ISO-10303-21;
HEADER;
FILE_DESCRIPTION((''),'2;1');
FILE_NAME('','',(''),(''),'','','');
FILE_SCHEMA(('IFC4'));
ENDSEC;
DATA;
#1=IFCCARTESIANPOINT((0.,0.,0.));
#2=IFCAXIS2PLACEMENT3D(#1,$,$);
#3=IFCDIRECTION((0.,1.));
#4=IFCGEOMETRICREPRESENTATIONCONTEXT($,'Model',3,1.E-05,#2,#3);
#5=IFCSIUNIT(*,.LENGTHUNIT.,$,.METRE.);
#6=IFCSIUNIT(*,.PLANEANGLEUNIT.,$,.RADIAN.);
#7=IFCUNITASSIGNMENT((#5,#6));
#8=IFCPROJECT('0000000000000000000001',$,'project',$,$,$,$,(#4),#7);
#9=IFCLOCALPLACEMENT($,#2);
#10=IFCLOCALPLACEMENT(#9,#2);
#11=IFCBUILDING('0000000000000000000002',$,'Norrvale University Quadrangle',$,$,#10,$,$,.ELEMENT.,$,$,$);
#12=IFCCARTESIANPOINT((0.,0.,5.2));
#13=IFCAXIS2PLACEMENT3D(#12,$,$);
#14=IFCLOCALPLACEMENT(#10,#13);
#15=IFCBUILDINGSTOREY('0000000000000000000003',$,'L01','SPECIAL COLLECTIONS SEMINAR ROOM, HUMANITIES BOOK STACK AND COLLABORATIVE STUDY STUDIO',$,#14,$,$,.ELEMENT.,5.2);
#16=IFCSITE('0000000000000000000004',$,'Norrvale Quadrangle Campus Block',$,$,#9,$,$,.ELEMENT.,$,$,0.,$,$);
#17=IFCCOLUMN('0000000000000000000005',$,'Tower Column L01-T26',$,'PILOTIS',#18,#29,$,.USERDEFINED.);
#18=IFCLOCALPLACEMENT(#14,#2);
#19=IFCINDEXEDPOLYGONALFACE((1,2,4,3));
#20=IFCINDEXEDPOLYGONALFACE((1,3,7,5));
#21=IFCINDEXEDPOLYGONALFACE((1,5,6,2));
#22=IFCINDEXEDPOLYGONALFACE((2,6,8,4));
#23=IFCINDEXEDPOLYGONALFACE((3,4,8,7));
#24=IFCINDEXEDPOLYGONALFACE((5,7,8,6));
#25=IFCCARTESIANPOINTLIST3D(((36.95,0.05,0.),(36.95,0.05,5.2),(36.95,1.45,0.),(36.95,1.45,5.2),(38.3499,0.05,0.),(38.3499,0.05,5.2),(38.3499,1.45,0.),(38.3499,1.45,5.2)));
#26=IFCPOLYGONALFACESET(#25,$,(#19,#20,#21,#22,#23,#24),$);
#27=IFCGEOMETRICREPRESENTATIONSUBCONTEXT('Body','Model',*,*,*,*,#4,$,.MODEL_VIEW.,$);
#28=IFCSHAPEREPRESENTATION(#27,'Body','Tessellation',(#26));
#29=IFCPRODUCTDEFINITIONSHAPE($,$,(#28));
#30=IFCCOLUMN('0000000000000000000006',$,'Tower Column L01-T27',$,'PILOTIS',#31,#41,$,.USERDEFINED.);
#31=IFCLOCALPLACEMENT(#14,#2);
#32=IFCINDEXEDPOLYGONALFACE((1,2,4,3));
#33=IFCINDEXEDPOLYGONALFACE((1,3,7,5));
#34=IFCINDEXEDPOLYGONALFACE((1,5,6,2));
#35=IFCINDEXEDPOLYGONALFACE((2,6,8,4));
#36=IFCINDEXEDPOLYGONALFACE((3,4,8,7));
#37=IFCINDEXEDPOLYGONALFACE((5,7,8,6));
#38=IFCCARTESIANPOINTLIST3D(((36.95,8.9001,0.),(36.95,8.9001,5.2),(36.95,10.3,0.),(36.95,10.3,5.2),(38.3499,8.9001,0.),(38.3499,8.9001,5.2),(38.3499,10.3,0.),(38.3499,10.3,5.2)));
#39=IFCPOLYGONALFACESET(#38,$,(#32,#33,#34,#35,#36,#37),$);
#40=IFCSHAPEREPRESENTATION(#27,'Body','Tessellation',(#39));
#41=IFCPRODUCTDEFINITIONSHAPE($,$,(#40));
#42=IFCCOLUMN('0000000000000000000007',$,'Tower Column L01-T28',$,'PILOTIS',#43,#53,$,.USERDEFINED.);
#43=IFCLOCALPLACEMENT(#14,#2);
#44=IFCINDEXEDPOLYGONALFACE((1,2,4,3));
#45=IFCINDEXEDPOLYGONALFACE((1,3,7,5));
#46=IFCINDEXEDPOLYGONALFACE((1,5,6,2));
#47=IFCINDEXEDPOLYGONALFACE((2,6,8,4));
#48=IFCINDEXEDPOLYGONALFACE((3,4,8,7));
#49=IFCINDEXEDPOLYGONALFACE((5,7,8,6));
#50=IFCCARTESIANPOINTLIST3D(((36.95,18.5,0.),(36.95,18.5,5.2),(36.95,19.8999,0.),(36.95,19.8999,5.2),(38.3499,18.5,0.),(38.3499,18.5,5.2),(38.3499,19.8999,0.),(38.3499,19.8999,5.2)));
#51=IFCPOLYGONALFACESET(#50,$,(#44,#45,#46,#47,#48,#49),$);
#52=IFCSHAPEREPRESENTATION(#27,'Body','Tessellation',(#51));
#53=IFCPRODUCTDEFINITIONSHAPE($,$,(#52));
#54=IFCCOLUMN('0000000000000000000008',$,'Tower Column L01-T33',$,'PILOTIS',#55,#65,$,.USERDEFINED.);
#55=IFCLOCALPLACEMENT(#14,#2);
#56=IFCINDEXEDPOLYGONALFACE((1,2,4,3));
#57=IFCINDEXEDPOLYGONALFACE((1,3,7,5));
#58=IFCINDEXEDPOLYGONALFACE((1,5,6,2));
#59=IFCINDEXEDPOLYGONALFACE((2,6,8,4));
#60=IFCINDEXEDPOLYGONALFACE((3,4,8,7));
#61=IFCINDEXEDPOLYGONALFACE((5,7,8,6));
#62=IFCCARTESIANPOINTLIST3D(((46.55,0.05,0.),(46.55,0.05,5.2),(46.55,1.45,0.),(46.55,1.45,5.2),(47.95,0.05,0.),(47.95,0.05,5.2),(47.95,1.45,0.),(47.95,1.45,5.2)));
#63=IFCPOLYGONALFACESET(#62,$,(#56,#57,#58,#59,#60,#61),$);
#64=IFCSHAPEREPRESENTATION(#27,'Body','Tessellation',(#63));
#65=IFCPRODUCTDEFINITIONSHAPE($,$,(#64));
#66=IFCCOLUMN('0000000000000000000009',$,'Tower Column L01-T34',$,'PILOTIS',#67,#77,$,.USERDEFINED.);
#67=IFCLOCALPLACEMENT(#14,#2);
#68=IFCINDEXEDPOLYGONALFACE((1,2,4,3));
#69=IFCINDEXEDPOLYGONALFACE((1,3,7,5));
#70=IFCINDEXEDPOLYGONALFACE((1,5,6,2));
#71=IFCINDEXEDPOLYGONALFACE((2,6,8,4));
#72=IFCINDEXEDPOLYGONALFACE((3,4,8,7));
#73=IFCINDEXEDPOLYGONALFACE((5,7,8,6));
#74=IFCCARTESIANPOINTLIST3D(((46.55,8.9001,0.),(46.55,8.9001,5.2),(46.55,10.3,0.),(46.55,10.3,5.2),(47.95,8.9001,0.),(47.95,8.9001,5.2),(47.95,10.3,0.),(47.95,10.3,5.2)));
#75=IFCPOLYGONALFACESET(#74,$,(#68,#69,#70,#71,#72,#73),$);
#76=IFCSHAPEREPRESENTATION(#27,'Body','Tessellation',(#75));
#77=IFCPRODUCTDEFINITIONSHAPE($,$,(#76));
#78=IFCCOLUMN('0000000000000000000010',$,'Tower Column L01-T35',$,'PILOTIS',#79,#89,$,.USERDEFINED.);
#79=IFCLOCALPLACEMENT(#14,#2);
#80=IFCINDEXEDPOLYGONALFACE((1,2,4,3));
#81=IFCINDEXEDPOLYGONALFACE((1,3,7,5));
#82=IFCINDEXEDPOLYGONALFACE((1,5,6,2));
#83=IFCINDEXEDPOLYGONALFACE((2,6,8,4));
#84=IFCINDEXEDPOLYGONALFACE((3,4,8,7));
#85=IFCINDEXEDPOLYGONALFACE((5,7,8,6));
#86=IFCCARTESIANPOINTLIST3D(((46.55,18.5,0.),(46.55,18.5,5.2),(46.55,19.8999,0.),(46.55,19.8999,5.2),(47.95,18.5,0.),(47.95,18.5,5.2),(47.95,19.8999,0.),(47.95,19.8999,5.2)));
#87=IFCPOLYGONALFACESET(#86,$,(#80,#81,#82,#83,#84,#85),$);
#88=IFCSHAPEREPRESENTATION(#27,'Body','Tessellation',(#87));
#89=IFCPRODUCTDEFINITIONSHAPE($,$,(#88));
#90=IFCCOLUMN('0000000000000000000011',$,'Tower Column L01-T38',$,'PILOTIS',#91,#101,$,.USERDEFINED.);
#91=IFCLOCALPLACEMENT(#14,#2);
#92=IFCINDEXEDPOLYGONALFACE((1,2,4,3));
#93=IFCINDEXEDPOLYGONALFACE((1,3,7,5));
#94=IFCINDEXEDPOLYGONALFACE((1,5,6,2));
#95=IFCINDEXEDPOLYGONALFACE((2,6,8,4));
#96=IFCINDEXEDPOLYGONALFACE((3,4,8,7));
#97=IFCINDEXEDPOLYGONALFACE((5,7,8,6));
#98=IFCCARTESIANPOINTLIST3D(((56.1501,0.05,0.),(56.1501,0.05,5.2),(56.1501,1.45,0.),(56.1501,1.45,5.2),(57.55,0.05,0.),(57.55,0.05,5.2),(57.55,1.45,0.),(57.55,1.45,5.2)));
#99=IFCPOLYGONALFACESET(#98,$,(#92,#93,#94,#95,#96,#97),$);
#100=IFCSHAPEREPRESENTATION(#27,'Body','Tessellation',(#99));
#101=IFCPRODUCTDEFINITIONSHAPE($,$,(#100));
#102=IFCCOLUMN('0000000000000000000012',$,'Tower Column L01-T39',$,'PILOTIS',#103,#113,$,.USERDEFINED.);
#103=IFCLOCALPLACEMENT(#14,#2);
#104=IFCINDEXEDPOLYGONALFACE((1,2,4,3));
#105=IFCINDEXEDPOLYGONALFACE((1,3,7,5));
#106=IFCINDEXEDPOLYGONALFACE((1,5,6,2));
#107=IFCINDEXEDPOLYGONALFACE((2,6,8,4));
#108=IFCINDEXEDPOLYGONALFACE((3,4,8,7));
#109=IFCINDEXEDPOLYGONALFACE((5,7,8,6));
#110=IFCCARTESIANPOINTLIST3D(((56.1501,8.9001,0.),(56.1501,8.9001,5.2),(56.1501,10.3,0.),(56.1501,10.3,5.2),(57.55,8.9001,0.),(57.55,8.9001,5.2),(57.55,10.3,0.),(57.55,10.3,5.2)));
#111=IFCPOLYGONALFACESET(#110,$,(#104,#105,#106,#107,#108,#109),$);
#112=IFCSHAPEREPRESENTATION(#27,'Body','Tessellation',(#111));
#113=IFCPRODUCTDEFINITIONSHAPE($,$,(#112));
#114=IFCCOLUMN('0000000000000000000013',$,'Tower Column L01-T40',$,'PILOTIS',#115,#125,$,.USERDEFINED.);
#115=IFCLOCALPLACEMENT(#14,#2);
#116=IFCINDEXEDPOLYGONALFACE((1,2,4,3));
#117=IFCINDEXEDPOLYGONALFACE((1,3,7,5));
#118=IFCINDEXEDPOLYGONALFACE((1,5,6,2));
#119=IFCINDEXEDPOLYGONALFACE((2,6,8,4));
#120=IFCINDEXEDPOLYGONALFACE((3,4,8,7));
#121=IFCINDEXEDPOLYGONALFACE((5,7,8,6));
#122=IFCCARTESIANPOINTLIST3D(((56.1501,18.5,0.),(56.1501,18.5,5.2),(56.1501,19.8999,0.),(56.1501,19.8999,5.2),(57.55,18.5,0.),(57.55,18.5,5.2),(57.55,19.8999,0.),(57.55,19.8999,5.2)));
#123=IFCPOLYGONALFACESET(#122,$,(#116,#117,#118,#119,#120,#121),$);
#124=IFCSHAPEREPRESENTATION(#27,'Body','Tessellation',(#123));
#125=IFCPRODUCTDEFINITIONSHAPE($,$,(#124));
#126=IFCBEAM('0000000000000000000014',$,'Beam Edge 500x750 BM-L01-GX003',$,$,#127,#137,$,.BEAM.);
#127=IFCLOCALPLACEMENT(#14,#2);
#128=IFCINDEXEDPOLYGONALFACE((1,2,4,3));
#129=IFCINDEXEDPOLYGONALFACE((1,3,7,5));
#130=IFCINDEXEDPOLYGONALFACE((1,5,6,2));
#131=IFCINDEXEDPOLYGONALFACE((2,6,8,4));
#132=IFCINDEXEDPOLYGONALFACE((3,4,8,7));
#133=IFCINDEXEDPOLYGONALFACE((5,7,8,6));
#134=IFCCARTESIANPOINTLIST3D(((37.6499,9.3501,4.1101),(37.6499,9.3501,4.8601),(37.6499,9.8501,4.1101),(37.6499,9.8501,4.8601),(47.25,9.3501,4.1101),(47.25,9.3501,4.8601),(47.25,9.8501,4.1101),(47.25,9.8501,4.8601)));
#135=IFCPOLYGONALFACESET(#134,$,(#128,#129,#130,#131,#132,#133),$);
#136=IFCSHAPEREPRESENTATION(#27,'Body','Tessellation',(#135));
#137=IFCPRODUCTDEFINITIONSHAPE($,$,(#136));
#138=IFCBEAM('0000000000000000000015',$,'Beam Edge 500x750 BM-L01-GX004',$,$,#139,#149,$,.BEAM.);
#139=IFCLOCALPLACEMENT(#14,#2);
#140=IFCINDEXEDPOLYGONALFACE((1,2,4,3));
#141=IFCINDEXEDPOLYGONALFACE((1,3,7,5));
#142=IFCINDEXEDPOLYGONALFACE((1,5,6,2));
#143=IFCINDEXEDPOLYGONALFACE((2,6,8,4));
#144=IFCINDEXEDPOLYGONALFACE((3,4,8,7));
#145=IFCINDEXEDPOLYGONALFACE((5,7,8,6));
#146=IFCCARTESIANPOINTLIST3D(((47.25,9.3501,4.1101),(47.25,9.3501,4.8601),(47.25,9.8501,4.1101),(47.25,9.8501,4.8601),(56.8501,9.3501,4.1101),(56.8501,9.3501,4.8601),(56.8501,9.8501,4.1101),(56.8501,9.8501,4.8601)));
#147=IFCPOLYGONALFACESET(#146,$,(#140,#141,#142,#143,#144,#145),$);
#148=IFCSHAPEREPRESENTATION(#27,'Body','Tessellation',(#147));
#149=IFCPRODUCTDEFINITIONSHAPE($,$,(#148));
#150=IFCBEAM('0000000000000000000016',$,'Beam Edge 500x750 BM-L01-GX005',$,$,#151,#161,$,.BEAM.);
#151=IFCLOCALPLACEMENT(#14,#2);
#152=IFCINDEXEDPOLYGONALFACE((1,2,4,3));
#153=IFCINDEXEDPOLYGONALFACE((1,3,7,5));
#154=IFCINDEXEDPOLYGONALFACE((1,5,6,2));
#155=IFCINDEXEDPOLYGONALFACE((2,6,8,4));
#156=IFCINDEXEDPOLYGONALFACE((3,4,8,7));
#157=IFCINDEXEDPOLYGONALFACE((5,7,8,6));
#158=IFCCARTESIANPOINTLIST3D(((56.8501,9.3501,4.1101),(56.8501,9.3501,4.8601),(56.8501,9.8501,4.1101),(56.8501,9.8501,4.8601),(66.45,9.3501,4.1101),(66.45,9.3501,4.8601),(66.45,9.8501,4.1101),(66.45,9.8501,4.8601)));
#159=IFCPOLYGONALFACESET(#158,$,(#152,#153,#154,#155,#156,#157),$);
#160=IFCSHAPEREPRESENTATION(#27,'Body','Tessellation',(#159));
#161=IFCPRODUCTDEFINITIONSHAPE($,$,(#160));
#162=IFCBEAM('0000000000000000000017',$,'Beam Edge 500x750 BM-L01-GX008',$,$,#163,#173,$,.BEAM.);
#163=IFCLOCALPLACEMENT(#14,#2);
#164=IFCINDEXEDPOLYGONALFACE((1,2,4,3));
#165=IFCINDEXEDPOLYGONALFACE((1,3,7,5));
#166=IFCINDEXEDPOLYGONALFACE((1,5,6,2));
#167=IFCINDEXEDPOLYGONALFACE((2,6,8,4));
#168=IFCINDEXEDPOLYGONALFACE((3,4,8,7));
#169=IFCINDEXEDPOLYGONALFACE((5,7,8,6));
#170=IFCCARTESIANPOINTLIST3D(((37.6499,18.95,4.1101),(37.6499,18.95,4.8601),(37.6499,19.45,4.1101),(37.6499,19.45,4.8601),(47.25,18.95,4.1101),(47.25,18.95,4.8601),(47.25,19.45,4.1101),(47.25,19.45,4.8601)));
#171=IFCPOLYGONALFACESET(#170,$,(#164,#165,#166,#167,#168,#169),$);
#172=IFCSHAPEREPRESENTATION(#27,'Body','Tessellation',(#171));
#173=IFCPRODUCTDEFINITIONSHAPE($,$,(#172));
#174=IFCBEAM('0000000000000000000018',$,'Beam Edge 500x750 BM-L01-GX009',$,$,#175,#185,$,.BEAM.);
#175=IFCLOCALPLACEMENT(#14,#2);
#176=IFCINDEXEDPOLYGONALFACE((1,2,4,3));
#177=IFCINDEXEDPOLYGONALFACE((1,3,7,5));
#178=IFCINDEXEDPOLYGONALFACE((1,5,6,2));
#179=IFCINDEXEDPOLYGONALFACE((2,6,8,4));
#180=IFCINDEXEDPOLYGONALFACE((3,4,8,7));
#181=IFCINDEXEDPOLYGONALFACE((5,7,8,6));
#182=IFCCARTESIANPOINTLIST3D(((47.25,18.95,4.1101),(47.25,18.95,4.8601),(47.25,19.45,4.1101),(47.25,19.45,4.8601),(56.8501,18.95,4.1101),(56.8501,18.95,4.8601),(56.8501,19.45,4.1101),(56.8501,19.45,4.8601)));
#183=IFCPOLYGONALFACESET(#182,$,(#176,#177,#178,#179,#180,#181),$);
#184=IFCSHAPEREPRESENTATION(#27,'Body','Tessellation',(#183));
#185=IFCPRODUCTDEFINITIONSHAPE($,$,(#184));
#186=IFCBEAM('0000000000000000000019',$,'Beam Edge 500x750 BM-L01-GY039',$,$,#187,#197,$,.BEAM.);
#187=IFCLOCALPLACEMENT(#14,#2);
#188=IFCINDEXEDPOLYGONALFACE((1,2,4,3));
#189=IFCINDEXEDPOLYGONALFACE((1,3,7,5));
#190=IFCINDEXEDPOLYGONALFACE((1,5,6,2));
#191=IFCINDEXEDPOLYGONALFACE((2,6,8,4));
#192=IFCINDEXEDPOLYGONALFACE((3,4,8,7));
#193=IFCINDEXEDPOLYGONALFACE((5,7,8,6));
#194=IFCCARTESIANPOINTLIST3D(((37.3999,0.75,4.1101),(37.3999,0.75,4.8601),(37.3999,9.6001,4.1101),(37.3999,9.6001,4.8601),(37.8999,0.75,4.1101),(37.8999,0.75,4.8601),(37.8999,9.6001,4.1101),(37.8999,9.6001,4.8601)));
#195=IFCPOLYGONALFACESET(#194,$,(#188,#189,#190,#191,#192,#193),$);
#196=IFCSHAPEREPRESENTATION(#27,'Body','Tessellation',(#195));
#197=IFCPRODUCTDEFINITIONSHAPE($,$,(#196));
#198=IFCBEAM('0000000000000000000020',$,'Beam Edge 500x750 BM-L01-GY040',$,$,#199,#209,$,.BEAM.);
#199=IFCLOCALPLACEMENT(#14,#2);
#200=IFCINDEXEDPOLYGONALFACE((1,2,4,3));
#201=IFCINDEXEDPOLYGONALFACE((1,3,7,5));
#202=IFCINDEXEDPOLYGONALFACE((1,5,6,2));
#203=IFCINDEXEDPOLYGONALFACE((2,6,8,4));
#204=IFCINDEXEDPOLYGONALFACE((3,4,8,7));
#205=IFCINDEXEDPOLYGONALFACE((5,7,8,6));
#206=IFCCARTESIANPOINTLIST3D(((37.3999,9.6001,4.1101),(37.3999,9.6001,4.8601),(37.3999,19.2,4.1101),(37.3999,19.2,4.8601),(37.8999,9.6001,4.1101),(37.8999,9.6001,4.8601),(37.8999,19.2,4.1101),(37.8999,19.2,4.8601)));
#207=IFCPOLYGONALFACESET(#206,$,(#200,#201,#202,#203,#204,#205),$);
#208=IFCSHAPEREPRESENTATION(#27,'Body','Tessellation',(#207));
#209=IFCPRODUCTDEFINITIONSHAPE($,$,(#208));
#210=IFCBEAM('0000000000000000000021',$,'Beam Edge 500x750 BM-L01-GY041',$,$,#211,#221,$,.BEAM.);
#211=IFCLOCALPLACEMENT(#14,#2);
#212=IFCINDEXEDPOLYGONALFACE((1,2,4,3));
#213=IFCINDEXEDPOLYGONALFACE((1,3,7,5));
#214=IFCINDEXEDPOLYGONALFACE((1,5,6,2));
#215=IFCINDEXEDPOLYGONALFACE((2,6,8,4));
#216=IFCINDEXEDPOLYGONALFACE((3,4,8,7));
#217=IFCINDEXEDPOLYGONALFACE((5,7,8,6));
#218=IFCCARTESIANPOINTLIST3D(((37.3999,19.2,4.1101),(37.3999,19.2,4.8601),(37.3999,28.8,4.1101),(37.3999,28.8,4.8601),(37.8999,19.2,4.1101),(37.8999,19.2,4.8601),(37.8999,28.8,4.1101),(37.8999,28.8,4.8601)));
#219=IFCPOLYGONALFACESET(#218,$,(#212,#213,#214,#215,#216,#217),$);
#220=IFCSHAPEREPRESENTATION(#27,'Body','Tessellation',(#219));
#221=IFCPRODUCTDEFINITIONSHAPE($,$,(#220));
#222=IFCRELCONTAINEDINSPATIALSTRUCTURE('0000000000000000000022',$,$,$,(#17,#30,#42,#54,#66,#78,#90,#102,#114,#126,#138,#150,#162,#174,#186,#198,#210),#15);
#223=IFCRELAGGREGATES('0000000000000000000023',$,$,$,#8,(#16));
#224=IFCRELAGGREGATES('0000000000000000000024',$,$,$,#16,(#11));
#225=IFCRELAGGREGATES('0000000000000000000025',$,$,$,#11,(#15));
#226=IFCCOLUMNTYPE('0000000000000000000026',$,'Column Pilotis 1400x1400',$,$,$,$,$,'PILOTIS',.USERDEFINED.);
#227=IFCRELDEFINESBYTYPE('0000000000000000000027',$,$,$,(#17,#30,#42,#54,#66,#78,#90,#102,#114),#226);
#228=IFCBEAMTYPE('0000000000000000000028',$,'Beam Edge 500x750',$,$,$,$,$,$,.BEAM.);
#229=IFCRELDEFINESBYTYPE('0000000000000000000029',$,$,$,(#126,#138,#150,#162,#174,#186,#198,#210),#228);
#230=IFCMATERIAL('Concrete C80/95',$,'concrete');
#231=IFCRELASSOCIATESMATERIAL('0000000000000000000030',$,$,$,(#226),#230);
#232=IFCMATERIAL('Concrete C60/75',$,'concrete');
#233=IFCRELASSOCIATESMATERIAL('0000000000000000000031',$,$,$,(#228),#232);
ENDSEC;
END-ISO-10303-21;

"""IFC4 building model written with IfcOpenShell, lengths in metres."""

from ifc_helpers import new_model, si_unit, direction, frame, origin, origin_2d, place, context, subcontext, project, spatial, rectangle, extrude, material, material_profile, profile_set, type_object, element, save


model = new_model("IFC4")

# Units and contexts
model_context = context("Model", 3, precision=1e-05, world=origin(), true_north=direction((0.0, 1.0)))
body_context = subcontext(model_context, "Body", "Model", "MODEL_VIEW")
ifc_project = project(units=[si_unit("LENGTHUNIT", "METRE"), si_unit("PLANEANGLEUNIT", "RADIAN")], contexts=[model_context])

# Site, building, storey
site_placement = place(None, origin())
site = spatial("IfcSite", under=ifc_project, at=site_placement, Name="Norrvale Quadrangle Campus Block", CompositionType="ELEMENT", RefElevation=0.0)
building_placement = place(site_placement, origin())
building = spatial("IfcBuilding", under=site, at=building_placement, Name="Norrvale University Quadrangle", CompositionType="ELEMENT")
storey_placement = place(building_placement, frame((0.0, 0.0, 5.2)))
storey = spatial("IfcBuildingStorey", under=building, at=storey_placement, Name="L01", Description="SPECIAL COLLECTIONS SEMINAR ROOM, HUMANITIES BOOK STACK AND COLLABORATIVE STUDY STUDIO", CompositionType="ELEMENT", Elevation=5.2)

# Columns
ifc_material_1 = material(Name="Concrete C80/95", Category="concrete")
ifc_material_profile_1 = material_profile(ifc_material_1, rectangle(XDim=1.3999, YDim=1.3999, at=origin_2d()), Name="Concrete C80/95")
ifc_profile_set_1 = profile_set([ifc_material_profile_1], Name="Concrete C80/95")
column_type = type_object("IfcColumnType", Name="Column Pilotis 1400x1400", ElementType="PILOTIS", PredefinedType="USERDEFINED", material=ifc_profile_set_1)
for number, where, z_axis, x_axis, name in (
    (1, (37.6499, 0.75, 0.0), (0.0, 0.0, 1.0), (1.0, 0.0, 0.0), "Tower Column L01-T26"),
    (2, (37.6499, 9.6001, 0.0), (0.0, 0.0, 1.0), (1.0, 0.0, 0.0), "Tower Column L01-T27"),
    (3, (37.6499, 19.2, 0.0), (0.0, 0.0, 1.0), (1.0, 0.0, 0.0), "Tower Column L01-T28"),
    (4, (47.25, 0.75, 0.0), (0.0, 0.0, 1.0), (1.0, 0.0, 0.0), "Tower Column L01-T33"),
    (5, (47.25, 9.6001, 0.0), (0.0, 0.0, 1.0), (1.0, 0.0, 0.0), "Tower Column L01-T34"),
    (6, (47.25, 19.2, 0.0), (0.0, 0.0, 1.0), (1.0, 0.0, 0.0), "Tower Column L01-T35"),
    (7, (56.8501, 0.75, 0.0), (0.0, 0.0, 1.0), (1.0, 0.0, 0.0), "Tower Column L01-T38"),
    (8, (56.8501, 9.6001, 0.0), (0.0, 0.0, 1.0), (1.0, 0.0, 0.0), "Tower Column L01-T39"),
    (9, (56.8501, 19.2, 0.0), (0.0, 0.0, 1.0), (1.0, 0.0, 0.0), "Tower Column L01-T40"),
):
    element("IfcColumn", number, at=place(storey_placement, frame(where, z_axis=z_axis, x_axis=x_axis)), inside=storey, type_object=column_type, Name=name, ObjectType="PILOTIS", PredefinedType="USERDEFINED", context=body_context, shape_type="SweptSolid", body=[
        extrude(rectangle(XDim=1.3999, YDim=1.3999, at=origin_2d()), origin(), (0.0, 0.0, 1.0), 5.2),
    ])

# Beams
ifc_material_2 = material(Name="Concrete C60/75", Category="concrete")
ifc_material_profile_2 = material_profile(ifc_material_2, rectangle(XDim=0.5, YDim=0.75, at=origin_2d()), Name="Concrete C60/75")
ifc_profile_set_2 = profile_set([ifc_material_profile_2], Name="Concrete C60/75")
beam_type_1 = type_object("IfcBeamType", Name="Beam Edge 500x750", PredefinedType="BEAM", material=ifc_profile_set_2)
for number, where, z_axis, x_axis, name in (
    (10, (37.6499, 9.6001, 4.4851), (1.0, 0.0, 0.0), (0.0, 1.0, 0.0), "Beam Edge 500x750 BM-L01-GX003"),
    (11, (47.25, 9.6001, 4.4851), (1.0, 0.0, 0.0), (0.0, 1.0, 0.0), "Beam Edge 500x750 BM-L01-GX004"),
):
    element("IfcBeam", number, at=place(storey_placement, frame(where, z_axis=z_axis, x_axis=x_axis)), inside=storey, type_object=beam_type_1, Name=name, PredefinedType="BEAM", context=body_context, shape_type="SweptSolid", body=[
        extrude(rectangle(XDim=0.5, YDim=0.75, at=origin_2d()), origin(), (0.0, 0.0, 1.0), 9.6001),
    ])
beam_1_placement = place(storey_placement, frame((56.8501, 9.6001, 4.4851), z_axis=(1.0, 0.0, 0.0), x_axis=(0.0, 1.0, 0.0)))
element("IfcBeam", 12, at=beam_1_placement, inside=storey, type_object=beam_type_1, Name="Beam Edge 500x750 BM-L01-GX005", PredefinedType="BEAM", context=body_context, shape_type="SweptSolid", body=[
    extrude(rectangle(XDim=0.5, YDim=0.75, at=origin_2d()), origin(), (0.0, 0.0, 1.0), 9.5999),
])
for number, where, z_axis, x_axis, name in (
    (13, (37.6499, 19.2, 4.4851), (1.0, 0.0, 0.0), (0.0, 1.0, 0.0), "Beam Edge 500x750 BM-L01-GX008"),
    (14, (47.25, 19.2, 4.4851), (1.0, 0.0, 0.0), (0.0, 1.0, 0.0), "Beam Edge 500x750 BM-L01-GX009"),
):
    element("IfcBeam", number, at=place(storey_placement, frame(where, z_axis=z_axis, x_axis=x_axis)), inside=storey, type_object=beam_type_1, Name=name, PredefinedType="BEAM", context=body_context, shape_type="SweptSolid", body=[
        extrude(rectangle(XDim=0.5, YDim=0.75, at=origin_2d()), origin(), (0.0, 0.0, 1.0), 9.6001),
    ])
beam_2_placement = place(storey_placement, frame((37.6499, 0.75, 4.4851), z_axis=(0.0, 1.0, 0.0), x_axis=(-1.0, 0.0, 0.0)))
element("IfcBeam", 15, at=beam_2_placement, inside=storey, type_object=beam_type_1, Name="Beam Edge 500x750 BM-L01-GY039", PredefinedType="BEAM", context=body_context, shape_type="SweptSolid", body=[
    extrude(rectangle(XDim=0.5, YDim=0.75, at=origin_2d()), origin(), (0.0, 0.0, 1.0), 8.8501),
])
beam_3_placement = place(storey_placement, frame((37.6499, 9.6001, 4.4851), z_axis=(0.0, 1.0, 0.0), x_axis=(-1.0, 0.0, 0.0)))
element("IfcBeam", 16, at=beam_3_placement, inside=storey, type_object=beam_type_1, Name="Beam Edge 500x750 BM-L01-GY040", PredefinedType="BEAM", context=body_context, shape_type="SweptSolid", body=[
    extrude(rectangle(XDim=0.5, YDim=0.75, at=origin_2d()), origin(), (0.0, 0.0, 1.0), 9.5999),
])
beam_4_placement = place(storey_placement, frame((37.6499, 19.2, 4.4851), z_axis=(0.0, 1.0, 0.0), x_axis=(-1.0, 0.0, 0.0)))
element("IfcBeam", 17, at=beam_4_placement, inside=storey, type_object=beam_type_1, Name="Beam Edge 500x750 BM-L01-GY041", PredefinedType="BEAM", context=body_context, shape_type="SweptSolid", body=[
    extrude(rectangle(XDim=0.5, YDim=0.75, at=origin_2d()), origin(), (0.0, 0.0, 1.0), 9.6001),
])

save(model, "model.ifc")
